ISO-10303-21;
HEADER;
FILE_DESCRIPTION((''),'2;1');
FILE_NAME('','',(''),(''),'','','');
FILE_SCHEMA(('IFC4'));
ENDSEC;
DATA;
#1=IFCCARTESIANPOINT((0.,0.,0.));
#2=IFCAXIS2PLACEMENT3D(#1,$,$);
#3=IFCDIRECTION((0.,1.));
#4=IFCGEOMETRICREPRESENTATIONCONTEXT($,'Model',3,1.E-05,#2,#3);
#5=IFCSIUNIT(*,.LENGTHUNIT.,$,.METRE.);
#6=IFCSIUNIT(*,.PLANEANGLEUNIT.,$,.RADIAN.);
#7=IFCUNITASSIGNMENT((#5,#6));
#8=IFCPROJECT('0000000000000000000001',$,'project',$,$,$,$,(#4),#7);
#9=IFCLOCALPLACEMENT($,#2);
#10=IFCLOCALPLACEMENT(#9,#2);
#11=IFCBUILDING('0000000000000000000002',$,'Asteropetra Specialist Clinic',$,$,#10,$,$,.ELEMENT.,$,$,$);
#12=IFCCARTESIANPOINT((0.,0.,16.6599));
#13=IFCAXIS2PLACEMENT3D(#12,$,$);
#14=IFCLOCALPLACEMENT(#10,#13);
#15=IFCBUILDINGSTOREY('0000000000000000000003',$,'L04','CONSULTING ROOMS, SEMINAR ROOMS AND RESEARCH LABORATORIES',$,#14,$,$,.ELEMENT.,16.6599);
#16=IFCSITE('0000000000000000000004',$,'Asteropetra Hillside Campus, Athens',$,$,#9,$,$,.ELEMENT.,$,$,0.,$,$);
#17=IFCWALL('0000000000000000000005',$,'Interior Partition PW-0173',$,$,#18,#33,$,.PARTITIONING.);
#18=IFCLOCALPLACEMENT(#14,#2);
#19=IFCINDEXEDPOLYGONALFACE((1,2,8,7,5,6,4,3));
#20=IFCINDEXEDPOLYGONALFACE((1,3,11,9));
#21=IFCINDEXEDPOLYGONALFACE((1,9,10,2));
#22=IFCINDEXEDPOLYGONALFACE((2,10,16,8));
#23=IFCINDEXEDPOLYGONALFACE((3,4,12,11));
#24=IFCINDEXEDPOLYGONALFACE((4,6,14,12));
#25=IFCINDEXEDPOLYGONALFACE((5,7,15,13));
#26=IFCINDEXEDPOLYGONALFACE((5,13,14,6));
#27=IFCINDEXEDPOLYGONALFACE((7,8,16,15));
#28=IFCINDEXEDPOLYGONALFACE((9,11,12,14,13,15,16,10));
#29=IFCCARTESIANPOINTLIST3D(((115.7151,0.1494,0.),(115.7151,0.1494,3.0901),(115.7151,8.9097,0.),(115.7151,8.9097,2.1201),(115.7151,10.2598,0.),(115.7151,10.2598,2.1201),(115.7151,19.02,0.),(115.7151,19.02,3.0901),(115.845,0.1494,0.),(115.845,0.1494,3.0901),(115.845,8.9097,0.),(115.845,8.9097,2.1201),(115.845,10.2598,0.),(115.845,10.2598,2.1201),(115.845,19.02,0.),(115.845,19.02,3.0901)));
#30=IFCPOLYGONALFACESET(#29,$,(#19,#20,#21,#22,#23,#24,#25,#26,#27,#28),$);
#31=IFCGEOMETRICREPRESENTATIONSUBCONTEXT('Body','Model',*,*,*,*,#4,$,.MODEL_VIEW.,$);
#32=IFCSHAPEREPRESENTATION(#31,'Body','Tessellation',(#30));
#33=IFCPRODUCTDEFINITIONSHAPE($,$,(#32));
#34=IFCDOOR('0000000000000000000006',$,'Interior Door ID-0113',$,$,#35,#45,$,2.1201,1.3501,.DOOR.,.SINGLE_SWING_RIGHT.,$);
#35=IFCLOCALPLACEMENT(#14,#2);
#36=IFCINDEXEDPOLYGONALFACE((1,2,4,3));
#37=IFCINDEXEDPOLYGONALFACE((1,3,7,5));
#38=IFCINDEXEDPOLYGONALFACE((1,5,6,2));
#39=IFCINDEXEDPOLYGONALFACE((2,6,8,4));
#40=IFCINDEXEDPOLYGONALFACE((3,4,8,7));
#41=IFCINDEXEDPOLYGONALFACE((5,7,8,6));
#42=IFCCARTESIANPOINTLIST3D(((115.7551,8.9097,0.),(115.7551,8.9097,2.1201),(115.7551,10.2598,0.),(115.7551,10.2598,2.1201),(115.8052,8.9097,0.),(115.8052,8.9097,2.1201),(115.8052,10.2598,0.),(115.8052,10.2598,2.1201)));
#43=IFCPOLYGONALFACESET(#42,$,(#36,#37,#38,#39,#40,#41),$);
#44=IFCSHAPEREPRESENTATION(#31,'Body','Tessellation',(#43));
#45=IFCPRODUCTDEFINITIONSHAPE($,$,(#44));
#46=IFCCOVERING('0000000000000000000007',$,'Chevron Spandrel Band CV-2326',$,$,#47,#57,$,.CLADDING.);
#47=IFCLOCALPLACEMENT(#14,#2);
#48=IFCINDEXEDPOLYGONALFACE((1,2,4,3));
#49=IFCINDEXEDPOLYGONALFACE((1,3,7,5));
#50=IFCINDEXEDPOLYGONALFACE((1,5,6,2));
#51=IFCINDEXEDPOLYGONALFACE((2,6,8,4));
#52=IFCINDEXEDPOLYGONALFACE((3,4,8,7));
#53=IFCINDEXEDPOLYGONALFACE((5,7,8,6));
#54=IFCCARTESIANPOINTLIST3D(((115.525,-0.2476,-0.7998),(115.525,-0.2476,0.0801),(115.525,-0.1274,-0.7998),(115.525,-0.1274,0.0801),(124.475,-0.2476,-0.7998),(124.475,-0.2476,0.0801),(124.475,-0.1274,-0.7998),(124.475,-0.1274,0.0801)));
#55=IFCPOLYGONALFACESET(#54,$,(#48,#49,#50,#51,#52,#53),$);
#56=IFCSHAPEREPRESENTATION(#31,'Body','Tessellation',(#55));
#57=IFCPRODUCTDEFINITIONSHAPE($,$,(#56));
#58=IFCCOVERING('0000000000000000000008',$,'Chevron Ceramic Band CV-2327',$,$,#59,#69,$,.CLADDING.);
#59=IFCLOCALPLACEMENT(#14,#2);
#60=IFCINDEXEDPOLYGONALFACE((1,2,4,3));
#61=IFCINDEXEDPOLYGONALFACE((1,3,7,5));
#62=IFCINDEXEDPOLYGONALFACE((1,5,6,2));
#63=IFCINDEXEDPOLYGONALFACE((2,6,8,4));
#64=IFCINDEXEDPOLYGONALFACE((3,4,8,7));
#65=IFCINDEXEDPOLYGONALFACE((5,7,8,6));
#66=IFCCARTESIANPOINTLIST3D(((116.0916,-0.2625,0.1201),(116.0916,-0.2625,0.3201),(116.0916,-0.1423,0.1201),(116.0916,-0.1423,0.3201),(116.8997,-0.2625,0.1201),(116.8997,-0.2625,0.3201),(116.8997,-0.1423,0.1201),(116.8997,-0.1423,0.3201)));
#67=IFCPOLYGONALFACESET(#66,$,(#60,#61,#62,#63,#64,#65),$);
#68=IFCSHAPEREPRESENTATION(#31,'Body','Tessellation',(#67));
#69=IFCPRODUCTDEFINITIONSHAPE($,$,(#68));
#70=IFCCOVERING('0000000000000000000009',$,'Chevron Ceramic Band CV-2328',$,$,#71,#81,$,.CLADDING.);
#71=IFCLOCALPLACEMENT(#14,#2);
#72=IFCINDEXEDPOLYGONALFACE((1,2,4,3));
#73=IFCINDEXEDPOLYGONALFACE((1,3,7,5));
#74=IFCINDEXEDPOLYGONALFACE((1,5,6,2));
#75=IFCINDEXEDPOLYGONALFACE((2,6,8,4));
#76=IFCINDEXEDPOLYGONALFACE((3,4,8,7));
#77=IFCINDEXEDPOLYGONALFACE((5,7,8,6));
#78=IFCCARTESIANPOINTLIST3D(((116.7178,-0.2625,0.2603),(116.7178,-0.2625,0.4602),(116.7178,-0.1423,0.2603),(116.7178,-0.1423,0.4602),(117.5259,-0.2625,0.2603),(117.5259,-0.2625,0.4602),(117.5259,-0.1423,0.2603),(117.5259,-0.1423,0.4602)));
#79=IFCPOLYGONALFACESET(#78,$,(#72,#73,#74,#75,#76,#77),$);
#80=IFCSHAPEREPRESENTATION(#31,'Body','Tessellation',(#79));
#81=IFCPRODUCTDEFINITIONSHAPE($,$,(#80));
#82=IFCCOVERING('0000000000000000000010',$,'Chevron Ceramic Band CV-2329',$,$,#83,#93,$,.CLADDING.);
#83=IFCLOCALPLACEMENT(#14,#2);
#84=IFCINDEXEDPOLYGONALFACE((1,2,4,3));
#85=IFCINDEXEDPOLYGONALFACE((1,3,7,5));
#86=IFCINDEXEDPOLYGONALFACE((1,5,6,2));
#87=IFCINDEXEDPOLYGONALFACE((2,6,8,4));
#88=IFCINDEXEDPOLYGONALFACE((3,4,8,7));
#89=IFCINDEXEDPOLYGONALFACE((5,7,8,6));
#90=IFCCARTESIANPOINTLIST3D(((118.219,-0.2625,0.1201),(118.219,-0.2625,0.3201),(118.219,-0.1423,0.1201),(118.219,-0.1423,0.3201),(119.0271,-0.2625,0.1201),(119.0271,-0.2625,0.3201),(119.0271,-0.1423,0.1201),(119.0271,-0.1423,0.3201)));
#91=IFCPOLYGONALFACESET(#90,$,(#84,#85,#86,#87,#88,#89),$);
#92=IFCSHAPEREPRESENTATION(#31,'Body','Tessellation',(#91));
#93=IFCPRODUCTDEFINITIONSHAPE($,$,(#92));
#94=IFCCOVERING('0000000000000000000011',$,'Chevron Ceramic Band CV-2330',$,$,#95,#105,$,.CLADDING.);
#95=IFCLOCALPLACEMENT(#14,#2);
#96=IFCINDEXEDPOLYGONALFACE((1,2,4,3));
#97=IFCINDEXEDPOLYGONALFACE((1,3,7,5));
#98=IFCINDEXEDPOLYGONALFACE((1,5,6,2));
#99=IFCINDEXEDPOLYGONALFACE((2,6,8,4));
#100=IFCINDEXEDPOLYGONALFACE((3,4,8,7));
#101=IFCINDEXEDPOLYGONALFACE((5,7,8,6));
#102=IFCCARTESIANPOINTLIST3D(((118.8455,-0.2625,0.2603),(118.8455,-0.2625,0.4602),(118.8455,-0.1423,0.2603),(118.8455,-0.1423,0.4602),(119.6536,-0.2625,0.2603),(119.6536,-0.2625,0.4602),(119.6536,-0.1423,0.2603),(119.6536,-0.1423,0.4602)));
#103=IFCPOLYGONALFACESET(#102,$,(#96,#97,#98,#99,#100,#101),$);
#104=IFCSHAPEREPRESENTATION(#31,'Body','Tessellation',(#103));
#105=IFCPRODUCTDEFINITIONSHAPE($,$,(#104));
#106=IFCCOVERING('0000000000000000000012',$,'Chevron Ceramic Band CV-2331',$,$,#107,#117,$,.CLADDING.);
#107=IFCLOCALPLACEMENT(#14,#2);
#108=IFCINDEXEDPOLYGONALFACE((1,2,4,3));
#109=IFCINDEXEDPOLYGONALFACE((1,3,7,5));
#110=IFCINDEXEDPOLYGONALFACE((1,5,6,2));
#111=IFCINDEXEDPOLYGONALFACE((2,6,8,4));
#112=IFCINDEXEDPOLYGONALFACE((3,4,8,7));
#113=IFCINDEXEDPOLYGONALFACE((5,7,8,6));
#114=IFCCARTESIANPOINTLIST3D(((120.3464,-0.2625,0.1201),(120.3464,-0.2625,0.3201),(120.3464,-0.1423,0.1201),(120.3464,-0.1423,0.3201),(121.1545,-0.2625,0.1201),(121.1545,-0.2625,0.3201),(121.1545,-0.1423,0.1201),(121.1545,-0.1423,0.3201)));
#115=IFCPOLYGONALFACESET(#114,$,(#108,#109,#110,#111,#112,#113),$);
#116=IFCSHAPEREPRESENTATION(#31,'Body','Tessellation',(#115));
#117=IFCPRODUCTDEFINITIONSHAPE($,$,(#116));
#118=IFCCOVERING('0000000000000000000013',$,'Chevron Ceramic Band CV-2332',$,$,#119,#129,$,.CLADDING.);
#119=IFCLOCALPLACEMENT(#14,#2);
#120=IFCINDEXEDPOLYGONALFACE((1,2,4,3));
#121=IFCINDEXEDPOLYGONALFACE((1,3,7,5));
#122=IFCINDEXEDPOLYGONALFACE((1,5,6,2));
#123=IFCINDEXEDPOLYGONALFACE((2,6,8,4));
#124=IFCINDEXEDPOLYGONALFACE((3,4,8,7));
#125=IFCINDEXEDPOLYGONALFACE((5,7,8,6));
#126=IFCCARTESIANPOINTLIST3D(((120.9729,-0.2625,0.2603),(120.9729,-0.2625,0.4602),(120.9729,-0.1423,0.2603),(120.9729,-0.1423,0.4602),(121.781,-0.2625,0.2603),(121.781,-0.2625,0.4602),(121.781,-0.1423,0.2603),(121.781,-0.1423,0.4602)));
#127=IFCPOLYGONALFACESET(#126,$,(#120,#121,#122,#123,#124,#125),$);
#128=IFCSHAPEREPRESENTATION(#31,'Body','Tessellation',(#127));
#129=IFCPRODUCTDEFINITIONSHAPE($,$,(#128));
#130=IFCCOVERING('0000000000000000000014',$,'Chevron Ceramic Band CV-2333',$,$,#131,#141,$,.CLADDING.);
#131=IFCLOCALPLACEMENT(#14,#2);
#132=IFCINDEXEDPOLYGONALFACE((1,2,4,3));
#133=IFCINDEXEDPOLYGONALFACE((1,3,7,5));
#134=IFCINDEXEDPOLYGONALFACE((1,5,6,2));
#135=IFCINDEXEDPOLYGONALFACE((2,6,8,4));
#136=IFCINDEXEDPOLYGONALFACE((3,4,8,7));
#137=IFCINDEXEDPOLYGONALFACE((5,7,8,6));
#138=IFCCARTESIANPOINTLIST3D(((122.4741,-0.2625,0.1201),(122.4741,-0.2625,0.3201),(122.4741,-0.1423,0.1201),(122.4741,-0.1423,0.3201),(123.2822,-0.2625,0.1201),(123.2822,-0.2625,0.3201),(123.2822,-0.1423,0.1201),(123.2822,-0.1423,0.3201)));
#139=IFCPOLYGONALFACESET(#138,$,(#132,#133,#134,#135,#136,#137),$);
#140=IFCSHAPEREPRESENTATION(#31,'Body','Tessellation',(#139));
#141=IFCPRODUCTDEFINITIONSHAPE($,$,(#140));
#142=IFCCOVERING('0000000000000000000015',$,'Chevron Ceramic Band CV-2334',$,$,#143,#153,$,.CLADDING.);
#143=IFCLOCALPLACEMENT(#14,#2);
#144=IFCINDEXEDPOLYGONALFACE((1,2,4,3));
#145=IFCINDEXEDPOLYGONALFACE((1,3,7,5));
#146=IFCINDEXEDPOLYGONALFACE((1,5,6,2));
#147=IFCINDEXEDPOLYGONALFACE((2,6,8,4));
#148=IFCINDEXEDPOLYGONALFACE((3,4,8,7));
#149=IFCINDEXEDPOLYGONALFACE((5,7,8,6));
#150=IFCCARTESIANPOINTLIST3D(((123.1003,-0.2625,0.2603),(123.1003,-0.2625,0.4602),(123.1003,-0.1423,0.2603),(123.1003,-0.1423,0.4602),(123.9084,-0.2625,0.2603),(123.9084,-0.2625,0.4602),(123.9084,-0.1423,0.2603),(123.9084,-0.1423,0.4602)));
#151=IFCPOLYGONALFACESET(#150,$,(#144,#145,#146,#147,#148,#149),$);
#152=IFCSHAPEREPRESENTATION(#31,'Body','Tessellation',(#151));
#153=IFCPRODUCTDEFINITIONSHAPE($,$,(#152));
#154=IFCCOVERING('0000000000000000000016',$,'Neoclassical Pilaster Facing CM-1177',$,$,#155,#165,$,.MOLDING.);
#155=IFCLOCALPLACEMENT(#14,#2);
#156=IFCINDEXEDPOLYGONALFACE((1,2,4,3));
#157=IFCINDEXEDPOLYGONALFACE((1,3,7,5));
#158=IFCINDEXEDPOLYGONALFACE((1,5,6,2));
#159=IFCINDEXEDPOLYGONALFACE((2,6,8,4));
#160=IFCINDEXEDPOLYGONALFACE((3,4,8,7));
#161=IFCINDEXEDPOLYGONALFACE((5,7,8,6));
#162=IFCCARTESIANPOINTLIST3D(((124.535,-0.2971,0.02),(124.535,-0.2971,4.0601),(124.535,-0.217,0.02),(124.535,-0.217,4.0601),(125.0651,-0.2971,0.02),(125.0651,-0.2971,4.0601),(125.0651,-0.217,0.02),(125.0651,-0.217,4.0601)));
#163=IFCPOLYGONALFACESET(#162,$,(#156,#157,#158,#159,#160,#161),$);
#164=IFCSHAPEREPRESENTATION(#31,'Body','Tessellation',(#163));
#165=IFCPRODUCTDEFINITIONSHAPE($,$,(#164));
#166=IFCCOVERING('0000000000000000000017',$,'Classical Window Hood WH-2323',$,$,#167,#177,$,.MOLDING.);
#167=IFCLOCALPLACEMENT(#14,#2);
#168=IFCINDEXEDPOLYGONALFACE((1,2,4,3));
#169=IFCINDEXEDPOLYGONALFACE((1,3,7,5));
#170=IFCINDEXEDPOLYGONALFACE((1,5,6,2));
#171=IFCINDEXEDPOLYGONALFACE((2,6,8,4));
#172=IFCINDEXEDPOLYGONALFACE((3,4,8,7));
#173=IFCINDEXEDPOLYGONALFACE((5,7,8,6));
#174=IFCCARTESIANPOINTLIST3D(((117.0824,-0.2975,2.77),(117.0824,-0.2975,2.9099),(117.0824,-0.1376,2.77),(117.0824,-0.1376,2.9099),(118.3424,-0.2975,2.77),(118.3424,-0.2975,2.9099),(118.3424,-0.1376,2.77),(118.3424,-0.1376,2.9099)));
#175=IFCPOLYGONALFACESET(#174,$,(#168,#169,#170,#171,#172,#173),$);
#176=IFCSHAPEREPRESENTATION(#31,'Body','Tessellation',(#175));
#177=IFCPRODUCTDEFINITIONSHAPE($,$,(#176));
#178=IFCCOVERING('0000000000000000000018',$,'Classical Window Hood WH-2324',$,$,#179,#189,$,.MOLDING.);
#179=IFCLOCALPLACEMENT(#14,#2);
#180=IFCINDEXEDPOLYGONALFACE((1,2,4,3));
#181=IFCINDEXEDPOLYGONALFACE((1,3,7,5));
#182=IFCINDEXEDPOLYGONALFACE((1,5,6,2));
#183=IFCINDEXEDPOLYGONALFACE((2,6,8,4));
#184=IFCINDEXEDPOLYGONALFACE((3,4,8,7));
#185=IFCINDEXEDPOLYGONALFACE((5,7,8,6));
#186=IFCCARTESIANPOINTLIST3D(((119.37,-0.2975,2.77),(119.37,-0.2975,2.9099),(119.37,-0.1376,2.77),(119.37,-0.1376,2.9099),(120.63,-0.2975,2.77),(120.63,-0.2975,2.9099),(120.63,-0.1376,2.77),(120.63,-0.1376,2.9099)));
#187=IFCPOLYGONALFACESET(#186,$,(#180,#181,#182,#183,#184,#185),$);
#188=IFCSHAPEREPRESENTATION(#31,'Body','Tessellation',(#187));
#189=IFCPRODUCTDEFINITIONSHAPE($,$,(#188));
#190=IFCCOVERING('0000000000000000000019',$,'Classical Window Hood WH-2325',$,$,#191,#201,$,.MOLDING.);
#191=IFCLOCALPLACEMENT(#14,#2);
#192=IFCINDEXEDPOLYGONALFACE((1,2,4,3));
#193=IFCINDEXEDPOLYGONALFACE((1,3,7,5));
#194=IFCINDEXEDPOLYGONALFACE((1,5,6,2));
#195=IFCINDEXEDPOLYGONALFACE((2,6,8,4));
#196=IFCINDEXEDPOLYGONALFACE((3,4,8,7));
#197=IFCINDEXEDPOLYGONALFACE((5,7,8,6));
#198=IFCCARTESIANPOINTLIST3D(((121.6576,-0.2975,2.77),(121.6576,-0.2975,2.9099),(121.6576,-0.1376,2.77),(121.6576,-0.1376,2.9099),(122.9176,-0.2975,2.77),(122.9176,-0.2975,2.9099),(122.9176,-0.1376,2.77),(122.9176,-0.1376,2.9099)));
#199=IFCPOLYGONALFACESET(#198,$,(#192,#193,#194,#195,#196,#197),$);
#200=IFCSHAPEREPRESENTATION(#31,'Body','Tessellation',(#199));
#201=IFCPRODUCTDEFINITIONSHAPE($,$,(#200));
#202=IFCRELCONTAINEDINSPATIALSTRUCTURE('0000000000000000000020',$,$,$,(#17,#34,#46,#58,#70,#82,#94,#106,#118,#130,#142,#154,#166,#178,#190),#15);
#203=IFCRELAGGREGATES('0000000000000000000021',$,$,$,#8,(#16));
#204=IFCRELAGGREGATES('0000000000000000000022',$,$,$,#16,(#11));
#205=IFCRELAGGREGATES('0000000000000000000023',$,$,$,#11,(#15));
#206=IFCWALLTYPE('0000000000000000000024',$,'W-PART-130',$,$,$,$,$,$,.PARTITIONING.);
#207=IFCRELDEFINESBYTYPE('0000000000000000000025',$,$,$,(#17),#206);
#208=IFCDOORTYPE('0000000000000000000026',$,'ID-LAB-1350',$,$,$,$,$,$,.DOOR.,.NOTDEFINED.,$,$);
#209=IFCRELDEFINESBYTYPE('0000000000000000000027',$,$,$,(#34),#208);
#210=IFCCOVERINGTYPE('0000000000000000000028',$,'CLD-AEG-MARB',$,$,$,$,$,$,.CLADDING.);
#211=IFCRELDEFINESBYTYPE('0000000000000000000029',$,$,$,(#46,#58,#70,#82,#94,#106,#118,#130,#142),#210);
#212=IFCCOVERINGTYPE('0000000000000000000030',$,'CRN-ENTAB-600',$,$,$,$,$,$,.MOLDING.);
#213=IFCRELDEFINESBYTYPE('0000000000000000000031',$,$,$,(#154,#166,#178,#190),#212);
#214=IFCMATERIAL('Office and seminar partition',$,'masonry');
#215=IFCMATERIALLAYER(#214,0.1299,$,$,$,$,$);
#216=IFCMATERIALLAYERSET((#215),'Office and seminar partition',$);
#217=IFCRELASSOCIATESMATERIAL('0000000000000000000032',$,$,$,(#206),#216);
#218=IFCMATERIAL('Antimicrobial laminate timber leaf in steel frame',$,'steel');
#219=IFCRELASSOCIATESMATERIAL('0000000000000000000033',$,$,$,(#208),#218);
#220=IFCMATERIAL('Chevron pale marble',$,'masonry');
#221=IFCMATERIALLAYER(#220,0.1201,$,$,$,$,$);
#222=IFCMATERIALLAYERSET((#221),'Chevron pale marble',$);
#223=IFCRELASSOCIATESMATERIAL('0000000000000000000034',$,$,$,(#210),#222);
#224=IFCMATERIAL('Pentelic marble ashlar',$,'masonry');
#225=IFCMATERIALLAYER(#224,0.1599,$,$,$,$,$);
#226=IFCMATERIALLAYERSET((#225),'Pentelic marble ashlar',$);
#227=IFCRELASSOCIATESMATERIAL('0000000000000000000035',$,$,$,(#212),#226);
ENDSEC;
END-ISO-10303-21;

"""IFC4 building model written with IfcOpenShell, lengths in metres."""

from ifc_helpers import new_model, si_unit, direction, frame, frame_2d, origin, origin_2d, place, context, subcontext, project, spatial, rectangle, extrude, material, layer, layer_set, type_object, element, fill, save


model = new_model("IFC4")

# Units and contexts
model_context = context("Model", 3, precision=1e-05, world=origin(), true_north=direction((0.0, 1.0)))
body_context = subcontext(model_context, "Body", "Model", "MODEL_VIEW")
ifc_project = project(units=[si_unit("LENGTHUNIT", "METRE"), si_unit("PLANEANGLEUNIT", "RADIAN")], contexts=[model_context])

# Site, building, storey
site_placement = place(None, origin())
site = spatial("IfcSite", under=ifc_project, at=site_placement, Name="Asteropetra Hillside Campus, Athens", CompositionType="ELEMENT", RefElevation=0.0)
building_placement = place(site_placement, origin())
building = spatial("IfcBuilding", under=site, at=building_placement, Name="Asteropetra Specialist Clinic", CompositionType="ELEMENT")
storey_placement = place(building_placement, frame((0.0, 0.0, 16.6599)))
storey = spatial("IfcBuildingStorey", under=building, at=storey_placement, Name="L04", Description="CONSULTING ROOMS, SEMINAR ROOMS AND RESEARCH LABORATORIES", CompositionType="ELEMENT", Elevation=16.6599)

# Wall, opening, door
ifc_material_1 = material(Name="Office and seminar partition", Category="masonry")
ifc_layer_1 = layer(ifc_material_1, 0.1299)
ifc_layer_set_1 = layer_set([ifc_layer_1], Name="Office and seminar partition")
wall_type = type_object("IfcWallType", Name="W-PART-130", PredefinedType="PARTITIONING", material=ifc_layer_set_1)
wall_placement = place(storey_placement, frame((115.78, 0.1494, 0.0), z_axis=(0.0, 0.0, 1.0), x_axis=(0.0, 1.0, 0.0)))
wall = element("IfcWall", 1, at=wall_placement, inside=storey, type_object=wall_type, Name="Interior Partition PW-0173", PredefinedType="PARTITIONING", context=body_context, shape_type="SweptSolid", body=[
    extrude(rectangle(XDim=18.8706, YDim=0.1299, at=frame_2d((9.4353, 0.0))), origin(), (0.0, 0.0, 1.0), 3.0901),
])
opening_placement = place(wall_placement, frame((8.7603, 0.0, 0.0)))
opening = element("IfcOpeningElement", 2, at=opening_placement, cuts=wall, PredefinedType="OPENING", context=body_context, shape_type="SweptSolid", body=[
    extrude(rectangle(XDim=1.3501, YDim=2.1201, at=frame_2d((0.675, 1.0601))), frame((0.0, 0.075, 0.0), z_axis=(0.0, -1.0, 0.0), x_axis=(1.0, 0.0, 0.0)), (0.0, 0.0, 1.0), 0.1499),
])
ifc_material_2 = material(Name="Antimicrobial laminate timber leaf in steel frame", Category="steel")
door_type = type_object("IfcDoorType", Name="ID-LAB-1350", OperationType="NOTDEFINED", PredefinedType="DOOR", material=ifc_material_2)
door_placement = place(opening_placement, origin())
door = element("IfcDoor", 3, at=door_placement, inside=storey, type_object=door_type, Name="Interior Door ID-0113", OperationType="SINGLE_SWING_RIGHT", OverallHeight=2.1201, OverallWidth=1.3501, PredefinedType="DOOR", context=body_context, shape_type="SweptSolid", body=[
    extrude(rectangle(XDim=1.3501, YDim=2.1201, at=frame_2d((0.675, 1.0601))), frame((0.0, 0.0249, 0.0), z_axis=(0.0, -1.0, 0.0), x_axis=(1.0, 0.0, 0.0)), (0.0, 0.0, 1.0), 0.05),
])
fill(opening, door)

# Coverings
ifc_material_3 = material(Name="Chevron pale marble", Category="masonry")
ifc_layer_2 = layer(ifc_material_3, 0.1201)
ifc_layer_set_2 = layer_set([ifc_layer_2], Name="Chevron pale marble")
covering_type_1 = type_object("IfcCoveringType", Name="CLD-AEG-MARB", PredefinedType="CLADDING", material=ifc_layer_set_2)
covering_1_placement = place(storey_placement, frame((120.0, -0.1875, -0.7998), z_axis=(0.0, 0.0, 1.0), x_axis=(1.0, 0.0, 0.0)))
element("IfcCovering", 4, at=covering_1_placement, inside=storey, type_object=covering_type_1, Name="Chevron Spandrel Band CV-2326", PredefinedType="CLADDING", context=body_context, shape_type="SweptSolid", body=[
    extrude(rectangle(XDim=8.95, YDim=0.1201, at=origin_2d()), origin(), (0.0, 0.0, 1.0), 0.8799),
])
for number, where, z_axis, x_axis, name in (
    (5, (116.4956, -0.2024, 0.1201), (0.0, 0.0, 1.0), (1.0, 0.0, 0.0), "Chevron Ceramic Band CV-2327"),
    (6, (117.1218, -0.2024, 0.2603), (0.0, 0.0, 1.0), (1.0, 0.0, 0.0), "Chevron Ceramic Band CV-2328"),
    (7, (118.623, -0.2024, 0.1201), (0.0, 0.0, 1.0), (1.0, 0.0, 0.0), "Chevron Ceramic Band CV-2329"),
    (8, (119.2495, -0.2024, 0.2603), (0.0, 0.0, 1.0), (1.0, 0.0, 0.0), "Chevron Ceramic Band CV-2330"),
    (9, (120.7505, -0.2024, 0.1201), (0.0, 0.0, 1.0), (1.0, 0.0, 0.0), "Chevron Ceramic Band CV-2331"),
    (10, (121.377, -0.2024, 0.2603), (0.0, 0.0, 1.0), (1.0, 0.0, 0.0), "Chevron Ceramic Band CV-2332"),
    (11, (122.8782, -0.2024, 0.1201), (0.0, 0.0, 1.0), (1.0, 0.0, 0.0), "Chevron Ceramic Band CV-2333"),
    (12, (123.5044, -0.2024, 0.2603), (0.0, 0.0, 1.0), (1.0, 0.0, 0.0), "Chevron Ceramic Band CV-2334"),
):
    element("IfcCovering", number, at=place(storey_placement, frame(where, z_axis=z_axis, x_axis=x_axis)), inside=storey, type_object=covering_type_1, Name=name, PredefinedType="CLADDING", context=body_context, shape_type="SweptSolid", body=[
        extrude(rectangle(XDim=0.8081, YDim=0.1201, at=origin_2d()), origin(), (0.0, 0.0, 1.0), 0.2),
    ])
ifc_material_4 = material(Name="Pentelic marble ashlar", Category="masonry")
ifc_layer_3 = layer(ifc_material_4, 0.1599)
ifc_layer_set_3 = layer_set([ifc_layer_3], Name="Pentelic marble ashlar")
covering_type_2 = type_object("IfcCoveringType", Name="CRN-ENTAB-600", PredefinedType="MOLDING", material=ifc_layer_set_3)
covering_2_placement = place(storey_placement, frame((124.8, -0.2571, 0.02), z_axis=(0.0, 0.0, 1.0), x_axis=(1.0, 0.0, 0.0)))
element("IfcCovering", 13, at=covering_2_placement, inside=storey, type_object=covering_type_2, Name="Neoclassical Pilaster Facing CM-1177", PredefinedType="MOLDING", context=body_context, shape_type="SweptSolid", body=[
    extrude(rectangle(XDim=0.53, YDim=0.0801, at=origin_2d()), origin(), (0.0, 0.0, 1.0), 4.04),
])
for number, where, z_axis, x_axis, name in (
    (14, (117.7124, -0.2175, 2.77), (0.0, 0.0, 1.0), (1.0, 0.0, 0.0), "Classical Window Hood WH-2323"),
    (15, (120.0, -0.2175, 2.77), (0.0, 0.0, 1.0), (1.0, 0.0, 0.0), "Classical Window Hood WH-2324"),
    (16, (122.2876, -0.2175, 2.77), (0.0, 0.0, 1.0), (1.0, 0.0, 0.0), "Classical Window Hood WH-2325"),
):
    element("IfcCovering", number, at=place(storey_placement, frame(where, z_axis=z_axis, x_axis=x_axis)), inside=storey, type_object=covering_type_2, Name=name, PredefinedType="MOLDING", context=body_context, shape_type="SweptSolid", body=[
        extrude(rectangle(XDim=1.26, YDim=0.1599, at=origin_2d()), origin(), (0.0, 0.0, 1.0), 0.1399),
    ])

save(model, "model.ifc")
